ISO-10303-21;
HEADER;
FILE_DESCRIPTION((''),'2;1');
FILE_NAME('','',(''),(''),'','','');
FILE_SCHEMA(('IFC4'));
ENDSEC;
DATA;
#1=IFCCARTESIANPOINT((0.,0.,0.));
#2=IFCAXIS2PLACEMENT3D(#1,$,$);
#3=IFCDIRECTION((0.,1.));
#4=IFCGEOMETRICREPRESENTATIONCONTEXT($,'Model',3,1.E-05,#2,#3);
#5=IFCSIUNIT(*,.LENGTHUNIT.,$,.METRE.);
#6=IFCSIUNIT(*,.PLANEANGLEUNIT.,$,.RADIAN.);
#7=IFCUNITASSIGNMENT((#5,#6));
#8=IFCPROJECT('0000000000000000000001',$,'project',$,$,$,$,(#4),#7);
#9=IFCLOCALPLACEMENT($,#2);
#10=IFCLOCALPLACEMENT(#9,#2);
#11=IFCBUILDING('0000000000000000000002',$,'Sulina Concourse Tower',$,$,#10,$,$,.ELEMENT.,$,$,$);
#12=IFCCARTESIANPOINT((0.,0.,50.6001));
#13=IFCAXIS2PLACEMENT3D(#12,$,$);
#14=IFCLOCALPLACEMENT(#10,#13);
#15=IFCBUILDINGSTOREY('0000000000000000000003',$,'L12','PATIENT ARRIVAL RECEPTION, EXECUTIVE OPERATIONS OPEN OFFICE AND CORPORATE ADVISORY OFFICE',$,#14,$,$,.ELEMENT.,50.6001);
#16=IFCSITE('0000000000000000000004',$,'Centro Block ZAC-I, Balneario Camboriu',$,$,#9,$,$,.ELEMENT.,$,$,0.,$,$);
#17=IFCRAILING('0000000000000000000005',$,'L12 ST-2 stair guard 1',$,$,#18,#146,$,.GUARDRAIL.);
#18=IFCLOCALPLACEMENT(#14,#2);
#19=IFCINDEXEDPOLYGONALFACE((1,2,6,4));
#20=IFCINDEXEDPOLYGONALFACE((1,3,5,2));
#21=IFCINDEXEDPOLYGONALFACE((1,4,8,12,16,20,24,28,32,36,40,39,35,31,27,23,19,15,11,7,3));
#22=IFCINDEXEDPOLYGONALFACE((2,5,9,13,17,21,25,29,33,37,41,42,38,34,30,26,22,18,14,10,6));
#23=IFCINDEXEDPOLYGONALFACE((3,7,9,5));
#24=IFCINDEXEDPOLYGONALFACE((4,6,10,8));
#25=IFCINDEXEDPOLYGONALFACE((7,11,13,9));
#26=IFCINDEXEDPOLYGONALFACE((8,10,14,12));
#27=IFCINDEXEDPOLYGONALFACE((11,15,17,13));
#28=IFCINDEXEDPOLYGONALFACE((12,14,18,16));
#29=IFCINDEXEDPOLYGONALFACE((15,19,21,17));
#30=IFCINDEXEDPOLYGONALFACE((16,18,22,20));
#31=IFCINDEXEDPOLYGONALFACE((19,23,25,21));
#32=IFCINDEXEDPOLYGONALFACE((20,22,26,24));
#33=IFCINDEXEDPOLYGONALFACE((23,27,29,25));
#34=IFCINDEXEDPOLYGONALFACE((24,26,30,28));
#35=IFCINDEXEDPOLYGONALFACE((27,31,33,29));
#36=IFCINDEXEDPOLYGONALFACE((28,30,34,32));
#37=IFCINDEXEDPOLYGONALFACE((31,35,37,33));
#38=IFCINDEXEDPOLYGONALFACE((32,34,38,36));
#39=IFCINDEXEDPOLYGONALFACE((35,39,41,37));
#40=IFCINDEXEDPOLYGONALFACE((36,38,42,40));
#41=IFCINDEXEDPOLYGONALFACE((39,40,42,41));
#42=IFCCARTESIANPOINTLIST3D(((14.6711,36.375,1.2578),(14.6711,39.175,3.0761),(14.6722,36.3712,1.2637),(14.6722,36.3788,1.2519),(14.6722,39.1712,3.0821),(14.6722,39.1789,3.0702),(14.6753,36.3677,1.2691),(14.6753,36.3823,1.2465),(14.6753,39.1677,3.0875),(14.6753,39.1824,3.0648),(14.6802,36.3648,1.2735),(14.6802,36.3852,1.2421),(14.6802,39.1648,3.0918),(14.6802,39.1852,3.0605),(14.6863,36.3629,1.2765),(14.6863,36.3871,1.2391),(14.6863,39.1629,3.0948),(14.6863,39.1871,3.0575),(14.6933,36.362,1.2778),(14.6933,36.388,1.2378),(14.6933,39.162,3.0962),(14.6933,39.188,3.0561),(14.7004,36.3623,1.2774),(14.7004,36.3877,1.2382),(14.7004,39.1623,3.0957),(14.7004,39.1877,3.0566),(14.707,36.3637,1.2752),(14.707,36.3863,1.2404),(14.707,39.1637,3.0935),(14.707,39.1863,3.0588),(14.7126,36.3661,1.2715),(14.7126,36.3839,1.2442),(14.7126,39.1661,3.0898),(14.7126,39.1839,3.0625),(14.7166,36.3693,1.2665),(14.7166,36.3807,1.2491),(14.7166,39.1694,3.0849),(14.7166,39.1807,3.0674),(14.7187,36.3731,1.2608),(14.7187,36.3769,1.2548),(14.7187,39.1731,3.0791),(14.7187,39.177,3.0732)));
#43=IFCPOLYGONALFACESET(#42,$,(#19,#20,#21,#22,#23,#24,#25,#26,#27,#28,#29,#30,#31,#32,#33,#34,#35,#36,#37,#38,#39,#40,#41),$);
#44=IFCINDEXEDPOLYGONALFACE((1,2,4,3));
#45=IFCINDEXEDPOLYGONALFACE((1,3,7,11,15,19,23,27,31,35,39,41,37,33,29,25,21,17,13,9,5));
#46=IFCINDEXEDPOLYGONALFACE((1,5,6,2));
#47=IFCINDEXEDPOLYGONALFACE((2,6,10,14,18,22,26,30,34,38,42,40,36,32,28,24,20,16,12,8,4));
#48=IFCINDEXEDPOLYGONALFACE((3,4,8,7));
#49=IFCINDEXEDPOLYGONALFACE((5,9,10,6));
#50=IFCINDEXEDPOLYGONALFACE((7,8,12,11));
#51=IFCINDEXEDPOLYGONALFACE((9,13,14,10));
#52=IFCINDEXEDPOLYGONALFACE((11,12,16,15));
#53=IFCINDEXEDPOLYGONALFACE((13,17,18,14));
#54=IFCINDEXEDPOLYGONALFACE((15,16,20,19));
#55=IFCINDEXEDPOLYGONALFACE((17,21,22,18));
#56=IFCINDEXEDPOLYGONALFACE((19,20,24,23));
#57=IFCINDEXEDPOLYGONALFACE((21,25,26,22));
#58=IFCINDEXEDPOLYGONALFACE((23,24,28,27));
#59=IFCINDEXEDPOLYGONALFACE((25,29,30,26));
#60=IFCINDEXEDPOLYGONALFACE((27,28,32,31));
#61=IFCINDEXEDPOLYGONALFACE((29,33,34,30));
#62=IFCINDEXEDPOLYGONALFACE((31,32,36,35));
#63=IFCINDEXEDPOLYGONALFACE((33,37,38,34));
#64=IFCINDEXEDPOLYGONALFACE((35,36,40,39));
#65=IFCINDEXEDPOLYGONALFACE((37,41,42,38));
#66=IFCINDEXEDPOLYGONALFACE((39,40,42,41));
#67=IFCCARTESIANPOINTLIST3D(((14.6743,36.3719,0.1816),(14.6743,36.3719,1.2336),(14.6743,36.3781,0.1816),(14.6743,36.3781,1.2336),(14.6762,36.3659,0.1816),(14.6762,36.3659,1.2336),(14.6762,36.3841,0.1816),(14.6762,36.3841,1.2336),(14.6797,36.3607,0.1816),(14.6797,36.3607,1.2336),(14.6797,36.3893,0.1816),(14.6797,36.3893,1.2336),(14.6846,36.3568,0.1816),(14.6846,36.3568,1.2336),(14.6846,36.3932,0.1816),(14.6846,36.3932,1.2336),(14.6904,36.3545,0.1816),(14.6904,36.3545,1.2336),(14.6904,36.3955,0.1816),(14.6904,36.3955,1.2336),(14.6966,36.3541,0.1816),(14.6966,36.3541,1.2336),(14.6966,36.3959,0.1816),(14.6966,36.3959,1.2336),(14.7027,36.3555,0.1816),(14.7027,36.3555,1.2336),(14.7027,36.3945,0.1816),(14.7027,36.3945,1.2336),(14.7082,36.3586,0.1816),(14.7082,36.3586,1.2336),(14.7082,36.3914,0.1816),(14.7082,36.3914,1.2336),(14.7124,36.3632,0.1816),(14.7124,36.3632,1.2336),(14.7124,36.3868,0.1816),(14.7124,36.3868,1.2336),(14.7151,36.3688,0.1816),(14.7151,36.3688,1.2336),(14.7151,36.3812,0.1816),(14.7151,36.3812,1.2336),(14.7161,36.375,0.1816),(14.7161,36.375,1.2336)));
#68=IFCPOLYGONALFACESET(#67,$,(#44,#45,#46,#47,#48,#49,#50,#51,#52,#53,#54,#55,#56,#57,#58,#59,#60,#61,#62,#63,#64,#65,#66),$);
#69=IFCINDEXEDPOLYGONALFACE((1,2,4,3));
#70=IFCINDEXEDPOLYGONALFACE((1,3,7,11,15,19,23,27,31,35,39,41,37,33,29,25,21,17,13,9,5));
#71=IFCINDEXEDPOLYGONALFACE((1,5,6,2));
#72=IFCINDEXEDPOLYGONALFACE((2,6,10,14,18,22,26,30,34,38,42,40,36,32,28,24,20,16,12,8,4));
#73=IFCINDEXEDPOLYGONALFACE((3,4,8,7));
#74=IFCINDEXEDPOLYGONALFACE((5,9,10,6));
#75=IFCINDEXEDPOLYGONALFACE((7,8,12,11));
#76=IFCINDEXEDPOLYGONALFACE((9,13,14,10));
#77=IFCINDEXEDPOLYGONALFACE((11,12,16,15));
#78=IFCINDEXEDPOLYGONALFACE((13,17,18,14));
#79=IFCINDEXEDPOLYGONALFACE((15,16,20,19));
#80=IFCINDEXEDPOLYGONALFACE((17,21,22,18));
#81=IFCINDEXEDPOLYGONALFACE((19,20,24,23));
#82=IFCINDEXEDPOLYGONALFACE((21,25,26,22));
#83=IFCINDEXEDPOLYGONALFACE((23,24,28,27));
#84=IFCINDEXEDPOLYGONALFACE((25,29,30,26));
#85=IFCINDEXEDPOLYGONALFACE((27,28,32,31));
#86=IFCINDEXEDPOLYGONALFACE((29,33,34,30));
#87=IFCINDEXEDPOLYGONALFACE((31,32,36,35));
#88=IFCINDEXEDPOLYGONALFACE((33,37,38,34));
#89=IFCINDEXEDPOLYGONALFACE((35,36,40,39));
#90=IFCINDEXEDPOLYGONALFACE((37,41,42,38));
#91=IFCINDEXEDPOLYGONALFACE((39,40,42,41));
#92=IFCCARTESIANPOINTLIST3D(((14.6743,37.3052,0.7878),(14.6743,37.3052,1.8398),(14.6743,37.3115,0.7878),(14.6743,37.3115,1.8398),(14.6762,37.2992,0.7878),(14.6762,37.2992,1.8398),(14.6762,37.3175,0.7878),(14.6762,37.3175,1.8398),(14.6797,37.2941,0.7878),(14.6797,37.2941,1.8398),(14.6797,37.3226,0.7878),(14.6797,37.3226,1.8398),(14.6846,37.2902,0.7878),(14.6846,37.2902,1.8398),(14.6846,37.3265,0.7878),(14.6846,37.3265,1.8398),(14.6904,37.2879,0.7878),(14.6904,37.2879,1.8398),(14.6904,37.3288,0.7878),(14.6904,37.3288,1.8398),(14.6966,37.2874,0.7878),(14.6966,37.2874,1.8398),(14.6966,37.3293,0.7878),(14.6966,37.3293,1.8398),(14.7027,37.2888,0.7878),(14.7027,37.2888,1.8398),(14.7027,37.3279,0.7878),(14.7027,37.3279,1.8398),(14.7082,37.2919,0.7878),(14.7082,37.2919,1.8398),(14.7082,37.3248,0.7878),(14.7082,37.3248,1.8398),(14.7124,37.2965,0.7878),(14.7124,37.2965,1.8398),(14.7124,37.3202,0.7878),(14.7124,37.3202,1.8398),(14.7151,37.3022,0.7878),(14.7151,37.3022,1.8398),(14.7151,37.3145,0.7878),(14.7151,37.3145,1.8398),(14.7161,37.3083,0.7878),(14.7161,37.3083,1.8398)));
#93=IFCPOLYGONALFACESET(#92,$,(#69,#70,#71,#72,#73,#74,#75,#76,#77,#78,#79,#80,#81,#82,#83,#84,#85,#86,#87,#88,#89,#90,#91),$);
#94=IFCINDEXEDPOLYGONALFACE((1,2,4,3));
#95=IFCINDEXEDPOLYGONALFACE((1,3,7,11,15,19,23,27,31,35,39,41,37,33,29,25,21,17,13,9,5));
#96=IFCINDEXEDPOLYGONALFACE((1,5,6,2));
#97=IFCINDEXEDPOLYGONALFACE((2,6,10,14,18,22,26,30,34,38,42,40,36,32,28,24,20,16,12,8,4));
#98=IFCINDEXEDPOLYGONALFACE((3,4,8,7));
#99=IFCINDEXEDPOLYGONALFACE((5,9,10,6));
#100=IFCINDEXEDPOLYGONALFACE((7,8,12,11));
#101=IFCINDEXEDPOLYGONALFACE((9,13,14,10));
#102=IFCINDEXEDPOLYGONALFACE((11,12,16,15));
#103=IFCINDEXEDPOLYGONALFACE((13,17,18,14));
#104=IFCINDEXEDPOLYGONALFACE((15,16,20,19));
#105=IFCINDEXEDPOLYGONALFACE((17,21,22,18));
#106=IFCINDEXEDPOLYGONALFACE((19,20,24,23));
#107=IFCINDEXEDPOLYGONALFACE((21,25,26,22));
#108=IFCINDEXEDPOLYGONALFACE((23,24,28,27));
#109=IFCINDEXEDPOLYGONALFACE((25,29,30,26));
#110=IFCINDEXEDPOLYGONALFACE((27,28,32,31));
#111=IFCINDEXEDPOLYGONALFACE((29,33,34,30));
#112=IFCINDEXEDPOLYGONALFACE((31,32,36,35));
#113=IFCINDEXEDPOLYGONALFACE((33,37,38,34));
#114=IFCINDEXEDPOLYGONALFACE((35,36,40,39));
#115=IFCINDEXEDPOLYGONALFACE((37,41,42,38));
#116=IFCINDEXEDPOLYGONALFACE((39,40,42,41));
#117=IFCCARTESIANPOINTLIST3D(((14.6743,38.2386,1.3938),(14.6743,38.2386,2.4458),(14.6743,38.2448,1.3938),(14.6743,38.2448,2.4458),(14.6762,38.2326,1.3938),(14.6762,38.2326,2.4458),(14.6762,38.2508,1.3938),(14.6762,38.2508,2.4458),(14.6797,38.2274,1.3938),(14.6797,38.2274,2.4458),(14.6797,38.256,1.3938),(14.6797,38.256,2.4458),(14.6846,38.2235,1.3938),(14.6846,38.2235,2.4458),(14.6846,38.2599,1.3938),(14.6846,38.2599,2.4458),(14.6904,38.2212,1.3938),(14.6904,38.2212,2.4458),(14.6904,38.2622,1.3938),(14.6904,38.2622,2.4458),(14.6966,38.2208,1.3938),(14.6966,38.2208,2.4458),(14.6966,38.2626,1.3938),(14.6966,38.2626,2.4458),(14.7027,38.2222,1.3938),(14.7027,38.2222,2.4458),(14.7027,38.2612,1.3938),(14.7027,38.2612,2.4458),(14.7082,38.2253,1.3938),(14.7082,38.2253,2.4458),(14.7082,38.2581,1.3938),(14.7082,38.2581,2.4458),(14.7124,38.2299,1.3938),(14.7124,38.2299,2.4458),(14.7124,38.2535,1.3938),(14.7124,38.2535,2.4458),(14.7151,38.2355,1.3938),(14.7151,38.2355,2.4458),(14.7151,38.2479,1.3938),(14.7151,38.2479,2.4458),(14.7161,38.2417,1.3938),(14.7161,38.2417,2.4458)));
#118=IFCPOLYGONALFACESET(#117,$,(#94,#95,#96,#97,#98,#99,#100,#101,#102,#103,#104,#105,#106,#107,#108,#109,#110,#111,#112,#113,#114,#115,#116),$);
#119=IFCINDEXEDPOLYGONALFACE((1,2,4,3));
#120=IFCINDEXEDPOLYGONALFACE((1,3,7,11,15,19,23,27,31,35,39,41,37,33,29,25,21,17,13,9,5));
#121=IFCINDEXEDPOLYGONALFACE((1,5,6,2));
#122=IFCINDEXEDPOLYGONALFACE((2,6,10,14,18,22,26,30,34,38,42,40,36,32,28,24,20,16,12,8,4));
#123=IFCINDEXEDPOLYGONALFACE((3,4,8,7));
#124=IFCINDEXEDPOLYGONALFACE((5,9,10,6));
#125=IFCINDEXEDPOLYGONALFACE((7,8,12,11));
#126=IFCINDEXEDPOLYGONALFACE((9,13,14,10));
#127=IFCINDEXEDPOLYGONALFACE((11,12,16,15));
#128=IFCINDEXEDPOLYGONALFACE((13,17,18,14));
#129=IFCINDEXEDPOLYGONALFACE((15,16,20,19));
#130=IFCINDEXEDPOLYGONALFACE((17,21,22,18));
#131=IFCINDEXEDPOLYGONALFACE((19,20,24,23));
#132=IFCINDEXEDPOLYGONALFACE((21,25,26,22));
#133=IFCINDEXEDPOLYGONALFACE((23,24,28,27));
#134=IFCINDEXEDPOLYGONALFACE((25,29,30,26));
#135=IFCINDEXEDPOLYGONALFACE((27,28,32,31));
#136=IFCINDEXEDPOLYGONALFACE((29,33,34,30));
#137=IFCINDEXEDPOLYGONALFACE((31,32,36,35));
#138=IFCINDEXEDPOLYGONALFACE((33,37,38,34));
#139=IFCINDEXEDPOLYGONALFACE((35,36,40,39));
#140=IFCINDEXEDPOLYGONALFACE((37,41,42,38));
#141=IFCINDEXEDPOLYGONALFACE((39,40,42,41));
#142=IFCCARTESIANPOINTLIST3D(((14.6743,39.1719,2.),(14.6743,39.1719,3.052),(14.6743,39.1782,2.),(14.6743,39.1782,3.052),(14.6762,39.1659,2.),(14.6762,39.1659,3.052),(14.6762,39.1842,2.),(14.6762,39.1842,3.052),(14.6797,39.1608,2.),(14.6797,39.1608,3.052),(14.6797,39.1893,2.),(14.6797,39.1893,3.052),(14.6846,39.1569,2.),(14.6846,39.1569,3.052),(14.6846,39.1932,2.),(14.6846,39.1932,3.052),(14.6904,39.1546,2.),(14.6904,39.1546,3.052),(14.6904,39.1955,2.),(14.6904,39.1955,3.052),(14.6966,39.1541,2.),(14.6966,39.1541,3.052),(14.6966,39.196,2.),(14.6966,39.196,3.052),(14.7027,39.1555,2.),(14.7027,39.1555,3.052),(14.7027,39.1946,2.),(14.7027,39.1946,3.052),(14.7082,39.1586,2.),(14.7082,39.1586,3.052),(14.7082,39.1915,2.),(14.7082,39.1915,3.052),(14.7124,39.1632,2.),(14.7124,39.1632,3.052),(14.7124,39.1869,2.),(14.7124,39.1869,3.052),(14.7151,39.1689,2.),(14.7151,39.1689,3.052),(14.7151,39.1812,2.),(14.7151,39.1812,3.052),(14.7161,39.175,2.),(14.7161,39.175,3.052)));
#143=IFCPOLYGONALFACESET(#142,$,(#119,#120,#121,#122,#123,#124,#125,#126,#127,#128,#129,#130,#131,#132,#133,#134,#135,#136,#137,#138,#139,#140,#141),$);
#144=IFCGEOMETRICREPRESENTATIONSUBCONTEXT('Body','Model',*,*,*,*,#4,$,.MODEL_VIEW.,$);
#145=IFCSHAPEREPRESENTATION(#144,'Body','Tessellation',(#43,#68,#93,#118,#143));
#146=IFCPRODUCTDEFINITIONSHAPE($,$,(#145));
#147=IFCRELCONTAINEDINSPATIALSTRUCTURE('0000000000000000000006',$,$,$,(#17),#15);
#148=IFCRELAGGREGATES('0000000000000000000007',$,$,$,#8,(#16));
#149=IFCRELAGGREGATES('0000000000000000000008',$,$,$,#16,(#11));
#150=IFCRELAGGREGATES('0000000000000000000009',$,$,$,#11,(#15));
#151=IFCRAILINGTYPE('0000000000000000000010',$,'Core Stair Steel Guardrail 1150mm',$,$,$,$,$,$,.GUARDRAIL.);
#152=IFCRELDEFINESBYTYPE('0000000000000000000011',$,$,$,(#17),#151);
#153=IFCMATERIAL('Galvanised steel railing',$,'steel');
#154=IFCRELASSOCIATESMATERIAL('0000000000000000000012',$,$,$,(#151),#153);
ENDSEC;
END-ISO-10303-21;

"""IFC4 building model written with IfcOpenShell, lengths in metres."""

from ifc_helpers import new_model, si_unit, direction, frame, origin, origin_2d, place, context, subcontext, project, spatial, circle, extrude, material, type_object, element, save


model = new_model("IFC4")

# Units and contexts
model_context = context("Model", 3, precision=1e-05, world=origin(), true_north=direction((0.0, 1.0)))
body_context = subcontext(model_context, "Body", "Model", "MODEL_VIEW")
ifc_project = project(units=[si_unit("LENGTHUNIT", "METRE"), si_unit("PLANEANGLEUNIT", "RADIAN")], contexts=[model_context])

# Site, building, storey
site_placement = place(None, origin())
site = spatial("IfcSite", under=ifc_project, at=site_placement, Name="Centro Block ZAC-I, Balneario Camboriu", CompositionType="ELEMENT", RefElevation=0.0)
building_placement = place(site_placement, origin())
building = spatial("IfcBuilding", under=site, at=building_placement, Name="Sulina Concourse Tower", CompositionType="ELEMENT")
storey_placement = place(building_placement, frame((0.0, 0.0, 50.6001)))
storey = spatial("IfcBuildingStorey", under=building, at=storey_placement, Name="L12", Description="PATIENT ARRIVAL RECEPTION, EXECUTIVE OPERATIONS OPEN OFFICE AND CORPORATE ADVISORY OFFICE", CompositionType="ELEMENT", Elevation=50.6001)

# Railing
ifc_material_1 = material(Name="Galvanised steel railing", Category="steel")
railing_type_1 = type_object("IfcRailingType", Name="Core Stair Steel Guardrail 1150mm", PredefinedType="GUARDRAIL", material=ifc_material_1)
railing_1_placement = place(storey_placement, frame((14.6951, 36.375, 0.1816)))
element("IfcRailing", 1, at=railing_1_placement, inside=storey, type_object=railing_type_1, Name="L12 ST-2 stair guard 1", PredefinedType="GUARDRAIL", context=body_context, shape_type="SweptSolid", body=[
    extrude(circle(Radius=0.0239, at=origin_2d()), frame((0.0, 0.0, 1.0762), z_axis=(0.0, 0.838672, 0.544636), x_axis=(-1.0, 0.0, 0.0)), (0.0, 0.0, 1.0), 3.3386),
    extrude(circle(Radius=0.021, at=origin_2d()), origin(), (0.0, 0.0, 1.0), 1.052),
    extrude(circle(Radius=0.021, at=origin_2d()), frame((0.0, 0.9333, 0.6062)), (0.0, 0.0, 1.0), 1.052),
    extrude(circle(Radius=0.021, at=origin_2d()), frame((0.0, 1.8667, 1.2122)), (0.0, 0.0, 1.0), 1.052),
    extrude(circle(Radius=0.021, at=origin_2d()), frame((0.0, 2.8, 1.8184)), (0.0, 0.0, 1.0), 1.052),
])

save(model, "model.ifc")
